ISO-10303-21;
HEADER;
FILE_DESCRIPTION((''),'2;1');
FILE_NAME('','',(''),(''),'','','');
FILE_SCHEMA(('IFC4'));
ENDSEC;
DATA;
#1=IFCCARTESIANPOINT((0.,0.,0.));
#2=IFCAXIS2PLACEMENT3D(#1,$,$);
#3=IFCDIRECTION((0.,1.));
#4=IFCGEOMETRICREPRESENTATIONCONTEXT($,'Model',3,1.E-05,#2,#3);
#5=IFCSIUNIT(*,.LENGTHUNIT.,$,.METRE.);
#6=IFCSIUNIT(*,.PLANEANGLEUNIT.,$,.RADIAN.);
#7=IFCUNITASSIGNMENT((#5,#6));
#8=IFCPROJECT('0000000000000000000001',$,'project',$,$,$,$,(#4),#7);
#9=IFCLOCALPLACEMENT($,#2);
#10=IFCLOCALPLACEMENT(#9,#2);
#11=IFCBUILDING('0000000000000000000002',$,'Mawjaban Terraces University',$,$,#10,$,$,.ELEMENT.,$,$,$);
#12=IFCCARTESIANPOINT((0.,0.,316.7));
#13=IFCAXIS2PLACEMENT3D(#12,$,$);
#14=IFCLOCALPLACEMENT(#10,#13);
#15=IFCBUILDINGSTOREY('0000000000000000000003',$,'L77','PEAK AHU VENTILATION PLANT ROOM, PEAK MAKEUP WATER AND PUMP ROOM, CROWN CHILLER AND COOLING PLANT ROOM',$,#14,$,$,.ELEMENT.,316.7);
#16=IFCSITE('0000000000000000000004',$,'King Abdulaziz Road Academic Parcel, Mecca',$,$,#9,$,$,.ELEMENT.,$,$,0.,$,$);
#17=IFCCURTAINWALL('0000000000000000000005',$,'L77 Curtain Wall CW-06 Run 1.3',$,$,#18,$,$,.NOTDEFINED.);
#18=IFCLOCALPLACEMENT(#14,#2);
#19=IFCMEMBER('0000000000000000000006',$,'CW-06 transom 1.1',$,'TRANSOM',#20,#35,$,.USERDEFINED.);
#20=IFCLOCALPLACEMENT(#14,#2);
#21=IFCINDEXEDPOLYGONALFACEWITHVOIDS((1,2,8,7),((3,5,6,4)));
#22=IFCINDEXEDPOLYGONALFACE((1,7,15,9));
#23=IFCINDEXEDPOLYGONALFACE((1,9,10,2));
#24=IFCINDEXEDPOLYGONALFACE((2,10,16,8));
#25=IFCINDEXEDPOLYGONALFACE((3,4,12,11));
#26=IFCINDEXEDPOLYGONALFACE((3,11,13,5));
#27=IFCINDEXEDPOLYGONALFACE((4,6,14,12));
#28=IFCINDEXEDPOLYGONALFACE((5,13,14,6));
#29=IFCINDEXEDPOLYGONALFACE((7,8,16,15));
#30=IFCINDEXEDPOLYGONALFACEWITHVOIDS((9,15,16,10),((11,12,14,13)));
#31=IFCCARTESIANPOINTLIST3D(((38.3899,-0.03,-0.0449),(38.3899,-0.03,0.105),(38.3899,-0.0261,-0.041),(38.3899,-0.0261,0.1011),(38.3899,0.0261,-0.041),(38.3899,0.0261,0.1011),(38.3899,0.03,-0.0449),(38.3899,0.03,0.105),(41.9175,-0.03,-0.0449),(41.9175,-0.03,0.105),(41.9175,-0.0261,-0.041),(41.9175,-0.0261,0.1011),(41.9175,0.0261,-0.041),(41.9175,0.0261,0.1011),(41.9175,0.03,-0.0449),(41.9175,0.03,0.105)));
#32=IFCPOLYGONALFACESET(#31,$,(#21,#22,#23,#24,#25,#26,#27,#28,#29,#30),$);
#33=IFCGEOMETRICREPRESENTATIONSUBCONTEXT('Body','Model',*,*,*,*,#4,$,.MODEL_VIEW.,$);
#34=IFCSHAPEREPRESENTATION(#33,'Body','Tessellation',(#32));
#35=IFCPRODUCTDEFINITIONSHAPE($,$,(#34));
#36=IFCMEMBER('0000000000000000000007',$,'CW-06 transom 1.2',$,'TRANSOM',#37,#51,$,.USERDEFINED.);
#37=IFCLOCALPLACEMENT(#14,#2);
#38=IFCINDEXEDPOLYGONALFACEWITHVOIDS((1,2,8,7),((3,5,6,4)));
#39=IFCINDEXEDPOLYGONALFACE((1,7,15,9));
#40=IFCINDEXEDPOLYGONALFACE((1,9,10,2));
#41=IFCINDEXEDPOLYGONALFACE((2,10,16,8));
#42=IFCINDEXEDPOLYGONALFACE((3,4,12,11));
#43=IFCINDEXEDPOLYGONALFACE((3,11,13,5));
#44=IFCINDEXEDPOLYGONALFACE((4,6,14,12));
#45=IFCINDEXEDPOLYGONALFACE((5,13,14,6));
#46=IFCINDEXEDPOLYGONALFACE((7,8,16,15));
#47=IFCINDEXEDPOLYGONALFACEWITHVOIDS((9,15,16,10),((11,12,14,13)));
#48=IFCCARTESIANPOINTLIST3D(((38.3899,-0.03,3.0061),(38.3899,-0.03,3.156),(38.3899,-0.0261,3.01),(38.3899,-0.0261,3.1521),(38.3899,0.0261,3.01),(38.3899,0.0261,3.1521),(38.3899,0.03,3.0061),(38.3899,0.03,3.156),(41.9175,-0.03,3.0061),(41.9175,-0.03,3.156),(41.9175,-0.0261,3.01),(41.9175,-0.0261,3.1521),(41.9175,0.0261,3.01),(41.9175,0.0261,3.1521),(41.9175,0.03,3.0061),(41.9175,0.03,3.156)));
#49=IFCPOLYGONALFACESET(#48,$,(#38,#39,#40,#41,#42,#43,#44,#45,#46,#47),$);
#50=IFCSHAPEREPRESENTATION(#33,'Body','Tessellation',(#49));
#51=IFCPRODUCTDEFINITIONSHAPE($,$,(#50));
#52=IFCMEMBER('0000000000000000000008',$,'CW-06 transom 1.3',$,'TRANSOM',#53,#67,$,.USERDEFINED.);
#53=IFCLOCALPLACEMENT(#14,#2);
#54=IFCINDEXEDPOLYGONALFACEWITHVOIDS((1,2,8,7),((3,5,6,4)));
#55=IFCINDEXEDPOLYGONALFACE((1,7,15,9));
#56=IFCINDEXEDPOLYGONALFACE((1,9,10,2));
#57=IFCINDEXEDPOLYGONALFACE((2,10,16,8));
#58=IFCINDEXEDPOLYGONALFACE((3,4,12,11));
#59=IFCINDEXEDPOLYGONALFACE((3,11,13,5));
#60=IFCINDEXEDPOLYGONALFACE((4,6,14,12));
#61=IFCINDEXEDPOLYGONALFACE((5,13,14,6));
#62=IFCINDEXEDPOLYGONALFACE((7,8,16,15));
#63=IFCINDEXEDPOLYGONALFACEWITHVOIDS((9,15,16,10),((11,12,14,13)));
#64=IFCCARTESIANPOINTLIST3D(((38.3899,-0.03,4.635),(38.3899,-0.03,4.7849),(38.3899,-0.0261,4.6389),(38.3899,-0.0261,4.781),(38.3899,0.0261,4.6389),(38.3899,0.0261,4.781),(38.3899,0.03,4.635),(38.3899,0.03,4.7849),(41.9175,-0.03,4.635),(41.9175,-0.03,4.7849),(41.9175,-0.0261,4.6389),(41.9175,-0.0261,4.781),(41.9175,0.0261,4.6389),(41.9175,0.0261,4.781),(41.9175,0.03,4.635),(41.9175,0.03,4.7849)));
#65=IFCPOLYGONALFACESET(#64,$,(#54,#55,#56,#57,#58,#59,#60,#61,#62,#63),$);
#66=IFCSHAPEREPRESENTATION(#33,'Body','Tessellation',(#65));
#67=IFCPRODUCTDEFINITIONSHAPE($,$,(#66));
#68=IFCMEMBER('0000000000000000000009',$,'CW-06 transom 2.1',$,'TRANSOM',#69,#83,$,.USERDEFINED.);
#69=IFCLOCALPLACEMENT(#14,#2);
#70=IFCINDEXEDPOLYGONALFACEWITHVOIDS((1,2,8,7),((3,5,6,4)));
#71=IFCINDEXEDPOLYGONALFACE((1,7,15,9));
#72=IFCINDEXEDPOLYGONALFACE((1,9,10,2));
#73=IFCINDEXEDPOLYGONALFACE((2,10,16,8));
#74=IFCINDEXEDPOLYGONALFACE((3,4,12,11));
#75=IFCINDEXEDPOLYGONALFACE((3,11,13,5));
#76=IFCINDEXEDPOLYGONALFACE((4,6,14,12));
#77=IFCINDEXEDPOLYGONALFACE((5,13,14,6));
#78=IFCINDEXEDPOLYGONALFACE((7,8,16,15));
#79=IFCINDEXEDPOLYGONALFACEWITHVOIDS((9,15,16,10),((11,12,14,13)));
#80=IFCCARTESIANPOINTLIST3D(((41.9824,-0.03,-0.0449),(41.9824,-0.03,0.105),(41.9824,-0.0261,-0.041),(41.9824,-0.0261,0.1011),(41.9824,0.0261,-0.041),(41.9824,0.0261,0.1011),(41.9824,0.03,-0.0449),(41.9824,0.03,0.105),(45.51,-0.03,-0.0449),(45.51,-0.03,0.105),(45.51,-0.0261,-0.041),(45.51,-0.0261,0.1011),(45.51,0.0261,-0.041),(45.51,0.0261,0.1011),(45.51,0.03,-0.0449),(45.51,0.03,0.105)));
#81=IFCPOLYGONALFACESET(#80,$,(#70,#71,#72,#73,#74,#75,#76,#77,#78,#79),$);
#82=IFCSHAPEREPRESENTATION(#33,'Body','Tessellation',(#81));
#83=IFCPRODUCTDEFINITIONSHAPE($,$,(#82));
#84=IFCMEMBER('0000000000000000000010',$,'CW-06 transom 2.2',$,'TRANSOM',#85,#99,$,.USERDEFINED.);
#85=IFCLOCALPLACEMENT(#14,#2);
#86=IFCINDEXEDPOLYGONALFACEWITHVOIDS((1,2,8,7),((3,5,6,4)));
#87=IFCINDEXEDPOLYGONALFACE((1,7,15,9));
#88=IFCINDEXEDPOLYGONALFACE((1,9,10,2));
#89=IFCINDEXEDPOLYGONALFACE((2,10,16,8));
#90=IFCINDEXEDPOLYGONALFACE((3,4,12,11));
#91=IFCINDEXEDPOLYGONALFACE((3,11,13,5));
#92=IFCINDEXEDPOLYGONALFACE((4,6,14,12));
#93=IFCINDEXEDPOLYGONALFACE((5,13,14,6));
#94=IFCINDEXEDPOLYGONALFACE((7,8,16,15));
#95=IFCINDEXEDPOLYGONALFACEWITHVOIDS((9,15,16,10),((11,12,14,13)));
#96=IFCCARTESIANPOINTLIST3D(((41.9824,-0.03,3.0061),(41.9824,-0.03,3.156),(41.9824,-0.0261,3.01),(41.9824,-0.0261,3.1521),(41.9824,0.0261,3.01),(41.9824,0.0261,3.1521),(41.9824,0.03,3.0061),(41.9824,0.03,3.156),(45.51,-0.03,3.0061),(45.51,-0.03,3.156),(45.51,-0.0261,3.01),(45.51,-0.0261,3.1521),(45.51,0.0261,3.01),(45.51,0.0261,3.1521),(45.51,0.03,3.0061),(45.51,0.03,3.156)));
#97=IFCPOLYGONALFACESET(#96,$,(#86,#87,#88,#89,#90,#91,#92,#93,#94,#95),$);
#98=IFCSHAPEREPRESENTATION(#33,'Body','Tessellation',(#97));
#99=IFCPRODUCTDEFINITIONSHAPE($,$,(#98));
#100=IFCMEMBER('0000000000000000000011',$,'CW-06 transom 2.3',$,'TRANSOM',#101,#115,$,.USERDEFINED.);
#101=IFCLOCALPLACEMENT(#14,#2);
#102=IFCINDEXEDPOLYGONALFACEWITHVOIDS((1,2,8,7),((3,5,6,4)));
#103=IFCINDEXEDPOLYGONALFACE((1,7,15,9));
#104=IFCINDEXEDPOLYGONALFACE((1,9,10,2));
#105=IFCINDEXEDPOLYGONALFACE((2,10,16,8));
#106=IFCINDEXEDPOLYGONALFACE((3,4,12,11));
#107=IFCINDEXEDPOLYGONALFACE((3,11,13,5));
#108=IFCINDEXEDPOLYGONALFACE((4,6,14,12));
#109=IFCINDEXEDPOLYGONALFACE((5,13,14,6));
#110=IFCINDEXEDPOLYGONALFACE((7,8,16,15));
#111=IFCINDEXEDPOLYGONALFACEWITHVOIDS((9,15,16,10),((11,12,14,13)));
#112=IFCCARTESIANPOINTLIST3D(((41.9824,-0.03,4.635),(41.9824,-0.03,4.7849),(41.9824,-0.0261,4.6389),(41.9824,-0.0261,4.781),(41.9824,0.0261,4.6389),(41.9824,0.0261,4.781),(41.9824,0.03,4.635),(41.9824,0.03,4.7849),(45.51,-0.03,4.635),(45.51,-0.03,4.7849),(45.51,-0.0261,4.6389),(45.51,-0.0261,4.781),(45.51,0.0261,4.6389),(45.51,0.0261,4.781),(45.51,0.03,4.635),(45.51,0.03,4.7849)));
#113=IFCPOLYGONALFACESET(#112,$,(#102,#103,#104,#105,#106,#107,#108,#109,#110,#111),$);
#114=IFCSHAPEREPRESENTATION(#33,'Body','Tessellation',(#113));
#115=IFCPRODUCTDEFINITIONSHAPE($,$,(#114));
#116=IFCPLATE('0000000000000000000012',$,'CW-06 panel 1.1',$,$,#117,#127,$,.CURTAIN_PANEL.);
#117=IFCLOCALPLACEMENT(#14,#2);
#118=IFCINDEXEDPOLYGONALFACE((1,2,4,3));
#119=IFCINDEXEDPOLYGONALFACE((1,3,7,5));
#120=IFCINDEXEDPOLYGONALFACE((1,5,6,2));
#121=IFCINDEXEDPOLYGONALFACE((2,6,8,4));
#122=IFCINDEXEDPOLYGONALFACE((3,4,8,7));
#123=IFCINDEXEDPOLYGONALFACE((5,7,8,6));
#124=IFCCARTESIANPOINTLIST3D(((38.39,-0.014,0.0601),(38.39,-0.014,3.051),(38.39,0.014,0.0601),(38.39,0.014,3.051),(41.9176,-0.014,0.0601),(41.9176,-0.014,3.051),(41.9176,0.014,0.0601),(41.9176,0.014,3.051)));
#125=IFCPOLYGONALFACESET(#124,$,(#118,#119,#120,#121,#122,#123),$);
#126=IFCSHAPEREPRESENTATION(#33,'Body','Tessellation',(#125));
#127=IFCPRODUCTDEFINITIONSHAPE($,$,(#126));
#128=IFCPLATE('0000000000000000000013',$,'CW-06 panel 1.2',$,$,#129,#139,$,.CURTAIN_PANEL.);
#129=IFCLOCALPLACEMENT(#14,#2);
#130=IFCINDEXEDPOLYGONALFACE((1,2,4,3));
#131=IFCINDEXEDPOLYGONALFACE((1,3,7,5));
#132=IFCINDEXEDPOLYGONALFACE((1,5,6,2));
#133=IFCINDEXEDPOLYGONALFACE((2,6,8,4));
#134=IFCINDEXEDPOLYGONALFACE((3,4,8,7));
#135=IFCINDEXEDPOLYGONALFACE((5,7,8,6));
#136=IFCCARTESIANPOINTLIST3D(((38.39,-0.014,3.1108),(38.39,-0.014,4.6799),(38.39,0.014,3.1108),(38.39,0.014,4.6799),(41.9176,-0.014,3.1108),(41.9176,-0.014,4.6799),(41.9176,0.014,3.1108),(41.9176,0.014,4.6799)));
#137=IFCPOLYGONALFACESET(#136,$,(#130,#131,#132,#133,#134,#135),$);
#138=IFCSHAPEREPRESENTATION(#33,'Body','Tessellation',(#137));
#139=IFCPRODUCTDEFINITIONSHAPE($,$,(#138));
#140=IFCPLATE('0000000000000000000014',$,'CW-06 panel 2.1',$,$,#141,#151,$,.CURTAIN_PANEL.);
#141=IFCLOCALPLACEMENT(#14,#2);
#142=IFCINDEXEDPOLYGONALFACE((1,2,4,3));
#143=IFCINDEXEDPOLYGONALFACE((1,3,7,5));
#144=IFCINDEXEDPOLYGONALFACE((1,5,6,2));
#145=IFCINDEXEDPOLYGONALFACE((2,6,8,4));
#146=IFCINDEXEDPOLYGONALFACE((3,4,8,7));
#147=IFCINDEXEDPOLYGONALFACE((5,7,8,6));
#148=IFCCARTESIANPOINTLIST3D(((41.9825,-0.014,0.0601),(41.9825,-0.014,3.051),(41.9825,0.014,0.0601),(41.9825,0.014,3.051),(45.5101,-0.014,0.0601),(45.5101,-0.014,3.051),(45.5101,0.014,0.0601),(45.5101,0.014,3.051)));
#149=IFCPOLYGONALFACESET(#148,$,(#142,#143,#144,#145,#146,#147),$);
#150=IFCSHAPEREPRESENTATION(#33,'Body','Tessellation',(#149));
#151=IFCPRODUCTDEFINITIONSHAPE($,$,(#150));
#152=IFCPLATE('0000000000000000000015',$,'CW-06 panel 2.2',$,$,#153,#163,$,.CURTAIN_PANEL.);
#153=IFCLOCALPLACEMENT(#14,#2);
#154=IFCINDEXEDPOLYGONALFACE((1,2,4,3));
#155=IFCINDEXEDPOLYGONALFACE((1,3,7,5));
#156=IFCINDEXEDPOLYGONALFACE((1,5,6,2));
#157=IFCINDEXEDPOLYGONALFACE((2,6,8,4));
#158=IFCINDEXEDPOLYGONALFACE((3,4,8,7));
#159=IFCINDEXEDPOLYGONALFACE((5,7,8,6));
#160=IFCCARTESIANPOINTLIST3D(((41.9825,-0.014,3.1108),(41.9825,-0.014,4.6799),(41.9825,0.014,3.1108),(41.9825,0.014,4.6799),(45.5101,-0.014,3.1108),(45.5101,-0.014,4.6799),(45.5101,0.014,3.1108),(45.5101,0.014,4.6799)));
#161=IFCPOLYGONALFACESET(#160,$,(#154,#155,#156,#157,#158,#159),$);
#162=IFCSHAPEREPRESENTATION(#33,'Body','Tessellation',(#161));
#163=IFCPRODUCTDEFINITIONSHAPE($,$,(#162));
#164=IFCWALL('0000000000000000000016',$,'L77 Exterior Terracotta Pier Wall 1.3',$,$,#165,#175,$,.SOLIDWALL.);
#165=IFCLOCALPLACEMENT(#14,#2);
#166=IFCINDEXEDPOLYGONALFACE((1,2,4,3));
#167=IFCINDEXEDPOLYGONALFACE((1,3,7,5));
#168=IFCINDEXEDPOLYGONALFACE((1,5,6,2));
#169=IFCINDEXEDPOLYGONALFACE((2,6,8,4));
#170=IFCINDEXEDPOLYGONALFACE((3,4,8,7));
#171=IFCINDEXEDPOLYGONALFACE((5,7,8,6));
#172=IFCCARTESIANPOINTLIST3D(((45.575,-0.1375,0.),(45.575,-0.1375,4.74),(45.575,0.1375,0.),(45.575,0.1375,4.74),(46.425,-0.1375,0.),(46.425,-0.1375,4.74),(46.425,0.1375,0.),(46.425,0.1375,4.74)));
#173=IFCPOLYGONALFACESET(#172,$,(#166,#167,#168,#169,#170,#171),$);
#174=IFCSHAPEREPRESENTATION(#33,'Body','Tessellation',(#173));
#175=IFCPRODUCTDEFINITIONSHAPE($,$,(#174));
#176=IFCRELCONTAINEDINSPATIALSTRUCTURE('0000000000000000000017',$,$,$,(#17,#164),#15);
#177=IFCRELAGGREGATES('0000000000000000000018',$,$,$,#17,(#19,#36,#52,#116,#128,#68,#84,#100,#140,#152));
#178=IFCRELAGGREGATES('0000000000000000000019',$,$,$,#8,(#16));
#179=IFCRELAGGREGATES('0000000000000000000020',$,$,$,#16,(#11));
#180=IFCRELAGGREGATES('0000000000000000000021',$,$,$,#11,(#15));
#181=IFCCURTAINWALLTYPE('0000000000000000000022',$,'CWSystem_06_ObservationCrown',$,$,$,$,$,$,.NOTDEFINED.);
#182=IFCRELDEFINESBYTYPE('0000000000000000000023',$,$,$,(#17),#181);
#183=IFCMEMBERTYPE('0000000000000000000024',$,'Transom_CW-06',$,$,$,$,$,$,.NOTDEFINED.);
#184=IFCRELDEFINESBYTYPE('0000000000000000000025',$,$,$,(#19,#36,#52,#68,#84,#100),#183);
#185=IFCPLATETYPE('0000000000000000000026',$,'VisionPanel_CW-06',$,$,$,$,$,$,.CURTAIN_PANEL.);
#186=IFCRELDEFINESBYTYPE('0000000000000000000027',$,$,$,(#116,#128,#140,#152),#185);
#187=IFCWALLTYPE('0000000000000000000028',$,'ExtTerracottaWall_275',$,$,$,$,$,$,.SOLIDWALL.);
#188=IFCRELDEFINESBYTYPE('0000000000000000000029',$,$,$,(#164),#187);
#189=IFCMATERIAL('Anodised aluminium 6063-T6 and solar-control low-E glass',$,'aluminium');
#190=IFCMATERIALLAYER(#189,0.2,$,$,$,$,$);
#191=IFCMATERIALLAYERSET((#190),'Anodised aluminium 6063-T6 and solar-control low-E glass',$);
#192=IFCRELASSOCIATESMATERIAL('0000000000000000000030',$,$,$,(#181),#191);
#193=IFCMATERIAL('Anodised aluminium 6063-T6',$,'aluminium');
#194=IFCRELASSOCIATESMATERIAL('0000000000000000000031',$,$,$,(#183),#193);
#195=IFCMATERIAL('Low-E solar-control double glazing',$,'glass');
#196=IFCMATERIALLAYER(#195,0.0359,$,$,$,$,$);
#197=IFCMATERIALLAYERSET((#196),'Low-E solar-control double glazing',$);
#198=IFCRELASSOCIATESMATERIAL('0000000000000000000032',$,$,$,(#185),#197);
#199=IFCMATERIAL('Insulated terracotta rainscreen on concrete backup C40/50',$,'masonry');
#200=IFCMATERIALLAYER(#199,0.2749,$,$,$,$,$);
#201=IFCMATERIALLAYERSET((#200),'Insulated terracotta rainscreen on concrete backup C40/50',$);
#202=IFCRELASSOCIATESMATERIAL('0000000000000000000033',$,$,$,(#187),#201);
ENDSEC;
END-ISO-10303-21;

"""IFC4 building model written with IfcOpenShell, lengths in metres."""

from ifc_helpers import new_model, si_unit, direction, frame, frame_2d, origin, origin_2d, place, context, subcontext, project, spatial, rectangle, hollow_rectangle, extrude, material, layer, layer_set, material_profile, profile_set, type_object, element, aggregate, save


model = new_model("IFC4")

# Units and contexts
model_context = context("Model", 3, precision=1e-05, world=origin(), true_north=direction((0.0, 1.0)))
body_context = subcontext(model_context, "Body", "Model", "MODEL_VIEW")
ifc_project = project(units=[si_unit("LENGTHUNIT", "METRE"), si_unit("PLANEANGLEUNIT", "RADIAN")], contexts=[model_context])

# Site, building, storey
site_placement = place(None, origin())
site = spatial("IfcSite", under=ifc_project, at=site_placement, Name="King Abdulaziz Road Academic Parcel, Mecca", CompositionType="ELEMENT", RefElevation=0.0)
building_placement = place(site_placement, origin())
building = spatial("IfcBuilding", under=site, at=building_placement, Name="Mawjaban Terraces University", CompositionType="ELEMENT")
storey_placement = place(building_placement, frame((0.0, 0.0, 316.7)))
storey = spatial("IfcBuildingStorey", under=building, at=storey_placement, Name="L77", Description="PEAK AHU VENTILATION PLANT ROOM, PEAK MAKEUP WATER AND PUMP ROOM, CROWN CHILLER AND COOLING PLANT ROOM", CompositionType="ELEMENT", Elevation=316.7)

# Curtain wall, members, plates
ifc_material_1 = material(Name="Anodised aluminium 6063-T6 and solar-control low-E glass", Category="aluminium")
ifc_layer_1 = layer(ifc_material_1, 0.2)
ifc_layer_set_1 = layer_set([ifc_layer_1], Name="Anodised aluminium 6063-T6 and solar-control low-E glass")
curtain_wall_type = type_object("IfcCurtainWallType", Name="CWSystem_06_ObservationCrown", PredefinedType="NOTDEFINED", material=ifc_layer_set_1)
curtain_wall_placement = place(storey_placement, origin())
curtain_wall = element("IfcCurtainWall", 1, at=curtain_wall_placement, inside=storey, type_object=curtain_wall_type, Name="L77 Curtain Wall CW-06 Run 1.3", PredefinedType="NOTDEFINED")
ifc_material_2 = material(Name="Anodised aluminium 6063-T6", Category="aluminium")
ifc_material_profile_1 = material_profile(ifc_material_2, hollow_rectangle(XDim=0.0601, YDim=0.1499, WallThickness=0.0039, at=origin_2d()), Name="ALU150X60X4")
ifc_profile_set_1 = profile_set([ifc_material_profile_1], Name="Anodised aluminium 6063-T6")
member_type_1 = type_object("IfcMemberType", Name="Transom_CW-06", PredefinedType="NOTDEFINED", material=ifc_profile_set_1)
member_1_placement = place(storey_placement, frame((38.3899, 0.0, 0.03), z_axis=(1.0, 0.0, 0.0), x_axis=(0.0, 1.0, 0.0)))
member_1 = element("IfcMember", 2, at=member_1_placement, type_object=member_type_1, Name="CW-06 transom 1.1", ObjectType="TRANSOM", PredefinedType="USERDEFINED", context=body_context, shape_type="SweptSolid", body=[
    extrude(hollow_rectangle(XDim=0.0601, YDim=0.1499, WallThickness=0.0039, at=origin_2d()), origin(), (0.0, 0.0, 1.0), 3.5276),
])
member_2_placement = place(storey_placement, frame((38.3899, 0.0, 3.0811), z_axis=(1.0, 0.0, 0.0), x_axis=(0.0, 1.0, 0.0)))
member_2 = element("IfcMember", 3, at=member_2_placement, type_object=member_type_1, Name="CW-06 transom 1.2", ObjectType="TRANSOM", PredefinedType="USERDEFINED", context=body_context, shape_type="SweptSolid", body=[
    extrude(hollow_rectangle(XDim=0.0601, YDim=0.1499, WallThickness=0.0039, at=origin_2d()), origin(), (0.0, 0.0, 1.0), 3.5276),
])
member_3_placement = place(storey_placement, frame((38.3899, 0.0, 4.71), z_axis=(1.0, 0.0, 0.0), x_axis=(0.0, 1.0, 0.0)))
member_3 = element("IfcMember", 4, at=member_3_placement, type_object=member_type_1, Name="CW-06 transom 1.3", ObjectType="TRANSOM", PredefinedType="USERDEFINED", context=body_context, shape_type="SweptSolid", body=[
    extrude(hollow_rectangle(XDim=0.0601, YDim=0.1499, WallThickness=0.0039, at=origin_2d()), origin(), (0.0, 0.0, 1.0), 3.5276),
])
member_4_placement = place(storey_placement, frame((41.9824, 0.0, 0.03), z_axis=(1.0, 0.0, 0.0), x_axis=(0.0, 1.0, 0.0)))
member_4 = element("IfcMember", 5, at=member_4_placement, type_object=member_type_1, Name="CW-06 transom 2.1", ObjectType="TRANSOM", PredefinedType="USERDEFINED", context=body_context, shape_type="SweptSolid", body=[
    extrude(hollow_rectangle(XDim=0.0601, YDim=0.1499, WallThickness=0.0039, at=origin_2d()), origin(), (0.0, 0.0, 1.0), 3.5276),
])
member_5_placement = place(storey_placement, frame((41.9824, 0.0, 3.0811), z_axis=(1.0, 0.0, 0.0), x_axis=(0.0, 1.0, 0.0)))
member_5 = element("IfcMember", 6, at=member_5_placement, type_object=member_type_1, Name="CW-06 transom 2.2", ObjectType="TRANSOM", PredefinedType="USERDEFINED", context=body_context, shape_type="SweptSolid", body=[
    extrude(hollow_rectangle(XDim=0.0601, YDim=0.1499, WallThickness=0.0039, at=origin_2d()), origin(), (0.0, 0.0, 1.0), 3.5276),
])
member_6_placement = place(storey_placement, frame((41.9824, 0.0, 4.71), z_axis=(1.0, 0.0, 0.0), x_axis=(0.0, 1.0, 0.0)))
member_6 = element("IfcMember", 7, at=member_6_placement, type_object=member_type_1, Name="CW-06 transom 2.3", ObjectType="TRANSOM", PredefinedType="USERDEFINED", context=body_context, shape_type="SweptSolid", body=[
    extrude(hollow_rectangle(XDim=0.0601, YDim=0.1499, WallThickness=0.0039, at=origin_2d()), origin(), (0.0, 0.0, 1.0), 3.5276),
])
ifc_material_3 = material(Name="Low-E solar-control double glazing", Category="glass")
ifc_layer_2 = layer(ifc_material_3, 0.0359)
ifc_layer_set_2 = layer_set([ifc_layer_2], Name="Low-E solar-control double glazing")
plate_type = type_object("IfcPlateType", Name="VisionPanel_CW-06", PredefinedType="CURTAIN_PANEL", material=ifc_layer_set_2)
plate_1_placement = place(storey_placement, frame((40.1538, 0.0, 0.0601), z_axis=(0.0, 0.0, 1.0), x_axis=(1.0, 0.0, 0.0)))
plate_1 = element("IfcPlate", 8, at=plate_1_placement, type_object=plate_type, Name="CW-06 panel 1.1", PredefinedType="CURTAIN_PANEL", context=body_context, shape_type="SweptSolid", body=[
    extrude(rectangle(XDim=3.5276, YDim=0.0281, at=origin_2d()), origin(), (0.0, 0.0, 1.0), 2.991),
])
plate_2_placement = place(storey_placement, frame((40.1538, 0.0, 3.1108), z_axis=(0.0, 0.0, 1.0), x_axis=(1.0, 0.0, 0.0)))
plate_2 = element("IfcPlate", 9, at=plate_2_placement, type_object=plate_type, Name="CW-06 panel 1.2", PredefinedType="CURTAIN_PANEL", context=body_context, shape_type="SweptSolid", body=[
    extrude(rectangle(XDim=3.5276, YDim=0.0281, at=origin_2d()), origin(), (0.0, 0.0, 1.0), 1.5691),
])
plate_3_placement = place(storey_placement, frame((43.7463, 0.0, 0.0601), z_axis=(0.0, 0.0, 1.0), x_axis=(1.0, 0.0, 0.0)))
plate_3 = element("IfcPlate", 10, at=plate_3_placement, type_object=plate_type, Name="CW-06 panel 2.1", PredefinedType="CURTAIN_PANEL", context=body_context, shape_type="SweptSolid", body=[
    extrude(rectangle(XDim=3.5276, YDim=0.0281, at=origin_2d()), origin(), (0.0, 0.0, 1.0), 2.991),
])
plate_4_placement = place(storey_placement, frame((43.7463, 0.0, 3.1108), z_axis=(0.0, 0.0, 1.0), x_axis=(1.0, 0.0, 0.0)))
plate_4 = element("IfcPlate", 11, at=plate_4_placement, type_object=plate_type, Name="CW-06 panel 2.2", PredefinedType="CURTAIN_PANEL", context=body_context, shape_type="SweptSolid", body=[
    extrude(rectangle(XDim=3.5276, YDim=0.0281, at=origin_2d()), origin(), (0.0, 0.0, 1.0), 1.5691),
])
aggregate(curtain_wall, [member_1, member_2, member_3, plate_1, plate_2, member_4, member_5, member_6, plate_3, plate_4])

# Wall
ifc_material_4 = material(Name="Insulated terracotta rainscreen on concrete backup C40/50", Category="masonry")
ifc_layer_3 = layer(ifc_material_4, 0.2749)
ifc_layer_set_3 = layer_set([ifc_layer_3], Name="Insulated terracotta rainscreen on concrete backup C40/50")
wall_type = type_object("IfcWallType", Name="ExtTerracottaWall_275", PredefinedType="SOLIDWALL", material=ifc_layer_set_3)
wall_placement = place(storey_placement, frame((45.575, 0.0, 0.0), z_axis=(0.0, 0.0, 1.0), x_axis=(1.0, 0.0, 0.0)))
element("IfcWall", 12, at=wall_placement, inside=storey, type_object=wall_type, Name="L77 Exterior Terracotta Pier Wall 1.3", PredefinedType="SOLIDWALL", context=body_context, shape_type="SweptSolid", body=[
    extrude(rectangle(XDim=0.8501, YDim=0.2749, at=frame_2d((0.425, 0.0))), origin(), (0.0, 0.0, 1.0), 4.74),
])

save(model, "model.ifc")
